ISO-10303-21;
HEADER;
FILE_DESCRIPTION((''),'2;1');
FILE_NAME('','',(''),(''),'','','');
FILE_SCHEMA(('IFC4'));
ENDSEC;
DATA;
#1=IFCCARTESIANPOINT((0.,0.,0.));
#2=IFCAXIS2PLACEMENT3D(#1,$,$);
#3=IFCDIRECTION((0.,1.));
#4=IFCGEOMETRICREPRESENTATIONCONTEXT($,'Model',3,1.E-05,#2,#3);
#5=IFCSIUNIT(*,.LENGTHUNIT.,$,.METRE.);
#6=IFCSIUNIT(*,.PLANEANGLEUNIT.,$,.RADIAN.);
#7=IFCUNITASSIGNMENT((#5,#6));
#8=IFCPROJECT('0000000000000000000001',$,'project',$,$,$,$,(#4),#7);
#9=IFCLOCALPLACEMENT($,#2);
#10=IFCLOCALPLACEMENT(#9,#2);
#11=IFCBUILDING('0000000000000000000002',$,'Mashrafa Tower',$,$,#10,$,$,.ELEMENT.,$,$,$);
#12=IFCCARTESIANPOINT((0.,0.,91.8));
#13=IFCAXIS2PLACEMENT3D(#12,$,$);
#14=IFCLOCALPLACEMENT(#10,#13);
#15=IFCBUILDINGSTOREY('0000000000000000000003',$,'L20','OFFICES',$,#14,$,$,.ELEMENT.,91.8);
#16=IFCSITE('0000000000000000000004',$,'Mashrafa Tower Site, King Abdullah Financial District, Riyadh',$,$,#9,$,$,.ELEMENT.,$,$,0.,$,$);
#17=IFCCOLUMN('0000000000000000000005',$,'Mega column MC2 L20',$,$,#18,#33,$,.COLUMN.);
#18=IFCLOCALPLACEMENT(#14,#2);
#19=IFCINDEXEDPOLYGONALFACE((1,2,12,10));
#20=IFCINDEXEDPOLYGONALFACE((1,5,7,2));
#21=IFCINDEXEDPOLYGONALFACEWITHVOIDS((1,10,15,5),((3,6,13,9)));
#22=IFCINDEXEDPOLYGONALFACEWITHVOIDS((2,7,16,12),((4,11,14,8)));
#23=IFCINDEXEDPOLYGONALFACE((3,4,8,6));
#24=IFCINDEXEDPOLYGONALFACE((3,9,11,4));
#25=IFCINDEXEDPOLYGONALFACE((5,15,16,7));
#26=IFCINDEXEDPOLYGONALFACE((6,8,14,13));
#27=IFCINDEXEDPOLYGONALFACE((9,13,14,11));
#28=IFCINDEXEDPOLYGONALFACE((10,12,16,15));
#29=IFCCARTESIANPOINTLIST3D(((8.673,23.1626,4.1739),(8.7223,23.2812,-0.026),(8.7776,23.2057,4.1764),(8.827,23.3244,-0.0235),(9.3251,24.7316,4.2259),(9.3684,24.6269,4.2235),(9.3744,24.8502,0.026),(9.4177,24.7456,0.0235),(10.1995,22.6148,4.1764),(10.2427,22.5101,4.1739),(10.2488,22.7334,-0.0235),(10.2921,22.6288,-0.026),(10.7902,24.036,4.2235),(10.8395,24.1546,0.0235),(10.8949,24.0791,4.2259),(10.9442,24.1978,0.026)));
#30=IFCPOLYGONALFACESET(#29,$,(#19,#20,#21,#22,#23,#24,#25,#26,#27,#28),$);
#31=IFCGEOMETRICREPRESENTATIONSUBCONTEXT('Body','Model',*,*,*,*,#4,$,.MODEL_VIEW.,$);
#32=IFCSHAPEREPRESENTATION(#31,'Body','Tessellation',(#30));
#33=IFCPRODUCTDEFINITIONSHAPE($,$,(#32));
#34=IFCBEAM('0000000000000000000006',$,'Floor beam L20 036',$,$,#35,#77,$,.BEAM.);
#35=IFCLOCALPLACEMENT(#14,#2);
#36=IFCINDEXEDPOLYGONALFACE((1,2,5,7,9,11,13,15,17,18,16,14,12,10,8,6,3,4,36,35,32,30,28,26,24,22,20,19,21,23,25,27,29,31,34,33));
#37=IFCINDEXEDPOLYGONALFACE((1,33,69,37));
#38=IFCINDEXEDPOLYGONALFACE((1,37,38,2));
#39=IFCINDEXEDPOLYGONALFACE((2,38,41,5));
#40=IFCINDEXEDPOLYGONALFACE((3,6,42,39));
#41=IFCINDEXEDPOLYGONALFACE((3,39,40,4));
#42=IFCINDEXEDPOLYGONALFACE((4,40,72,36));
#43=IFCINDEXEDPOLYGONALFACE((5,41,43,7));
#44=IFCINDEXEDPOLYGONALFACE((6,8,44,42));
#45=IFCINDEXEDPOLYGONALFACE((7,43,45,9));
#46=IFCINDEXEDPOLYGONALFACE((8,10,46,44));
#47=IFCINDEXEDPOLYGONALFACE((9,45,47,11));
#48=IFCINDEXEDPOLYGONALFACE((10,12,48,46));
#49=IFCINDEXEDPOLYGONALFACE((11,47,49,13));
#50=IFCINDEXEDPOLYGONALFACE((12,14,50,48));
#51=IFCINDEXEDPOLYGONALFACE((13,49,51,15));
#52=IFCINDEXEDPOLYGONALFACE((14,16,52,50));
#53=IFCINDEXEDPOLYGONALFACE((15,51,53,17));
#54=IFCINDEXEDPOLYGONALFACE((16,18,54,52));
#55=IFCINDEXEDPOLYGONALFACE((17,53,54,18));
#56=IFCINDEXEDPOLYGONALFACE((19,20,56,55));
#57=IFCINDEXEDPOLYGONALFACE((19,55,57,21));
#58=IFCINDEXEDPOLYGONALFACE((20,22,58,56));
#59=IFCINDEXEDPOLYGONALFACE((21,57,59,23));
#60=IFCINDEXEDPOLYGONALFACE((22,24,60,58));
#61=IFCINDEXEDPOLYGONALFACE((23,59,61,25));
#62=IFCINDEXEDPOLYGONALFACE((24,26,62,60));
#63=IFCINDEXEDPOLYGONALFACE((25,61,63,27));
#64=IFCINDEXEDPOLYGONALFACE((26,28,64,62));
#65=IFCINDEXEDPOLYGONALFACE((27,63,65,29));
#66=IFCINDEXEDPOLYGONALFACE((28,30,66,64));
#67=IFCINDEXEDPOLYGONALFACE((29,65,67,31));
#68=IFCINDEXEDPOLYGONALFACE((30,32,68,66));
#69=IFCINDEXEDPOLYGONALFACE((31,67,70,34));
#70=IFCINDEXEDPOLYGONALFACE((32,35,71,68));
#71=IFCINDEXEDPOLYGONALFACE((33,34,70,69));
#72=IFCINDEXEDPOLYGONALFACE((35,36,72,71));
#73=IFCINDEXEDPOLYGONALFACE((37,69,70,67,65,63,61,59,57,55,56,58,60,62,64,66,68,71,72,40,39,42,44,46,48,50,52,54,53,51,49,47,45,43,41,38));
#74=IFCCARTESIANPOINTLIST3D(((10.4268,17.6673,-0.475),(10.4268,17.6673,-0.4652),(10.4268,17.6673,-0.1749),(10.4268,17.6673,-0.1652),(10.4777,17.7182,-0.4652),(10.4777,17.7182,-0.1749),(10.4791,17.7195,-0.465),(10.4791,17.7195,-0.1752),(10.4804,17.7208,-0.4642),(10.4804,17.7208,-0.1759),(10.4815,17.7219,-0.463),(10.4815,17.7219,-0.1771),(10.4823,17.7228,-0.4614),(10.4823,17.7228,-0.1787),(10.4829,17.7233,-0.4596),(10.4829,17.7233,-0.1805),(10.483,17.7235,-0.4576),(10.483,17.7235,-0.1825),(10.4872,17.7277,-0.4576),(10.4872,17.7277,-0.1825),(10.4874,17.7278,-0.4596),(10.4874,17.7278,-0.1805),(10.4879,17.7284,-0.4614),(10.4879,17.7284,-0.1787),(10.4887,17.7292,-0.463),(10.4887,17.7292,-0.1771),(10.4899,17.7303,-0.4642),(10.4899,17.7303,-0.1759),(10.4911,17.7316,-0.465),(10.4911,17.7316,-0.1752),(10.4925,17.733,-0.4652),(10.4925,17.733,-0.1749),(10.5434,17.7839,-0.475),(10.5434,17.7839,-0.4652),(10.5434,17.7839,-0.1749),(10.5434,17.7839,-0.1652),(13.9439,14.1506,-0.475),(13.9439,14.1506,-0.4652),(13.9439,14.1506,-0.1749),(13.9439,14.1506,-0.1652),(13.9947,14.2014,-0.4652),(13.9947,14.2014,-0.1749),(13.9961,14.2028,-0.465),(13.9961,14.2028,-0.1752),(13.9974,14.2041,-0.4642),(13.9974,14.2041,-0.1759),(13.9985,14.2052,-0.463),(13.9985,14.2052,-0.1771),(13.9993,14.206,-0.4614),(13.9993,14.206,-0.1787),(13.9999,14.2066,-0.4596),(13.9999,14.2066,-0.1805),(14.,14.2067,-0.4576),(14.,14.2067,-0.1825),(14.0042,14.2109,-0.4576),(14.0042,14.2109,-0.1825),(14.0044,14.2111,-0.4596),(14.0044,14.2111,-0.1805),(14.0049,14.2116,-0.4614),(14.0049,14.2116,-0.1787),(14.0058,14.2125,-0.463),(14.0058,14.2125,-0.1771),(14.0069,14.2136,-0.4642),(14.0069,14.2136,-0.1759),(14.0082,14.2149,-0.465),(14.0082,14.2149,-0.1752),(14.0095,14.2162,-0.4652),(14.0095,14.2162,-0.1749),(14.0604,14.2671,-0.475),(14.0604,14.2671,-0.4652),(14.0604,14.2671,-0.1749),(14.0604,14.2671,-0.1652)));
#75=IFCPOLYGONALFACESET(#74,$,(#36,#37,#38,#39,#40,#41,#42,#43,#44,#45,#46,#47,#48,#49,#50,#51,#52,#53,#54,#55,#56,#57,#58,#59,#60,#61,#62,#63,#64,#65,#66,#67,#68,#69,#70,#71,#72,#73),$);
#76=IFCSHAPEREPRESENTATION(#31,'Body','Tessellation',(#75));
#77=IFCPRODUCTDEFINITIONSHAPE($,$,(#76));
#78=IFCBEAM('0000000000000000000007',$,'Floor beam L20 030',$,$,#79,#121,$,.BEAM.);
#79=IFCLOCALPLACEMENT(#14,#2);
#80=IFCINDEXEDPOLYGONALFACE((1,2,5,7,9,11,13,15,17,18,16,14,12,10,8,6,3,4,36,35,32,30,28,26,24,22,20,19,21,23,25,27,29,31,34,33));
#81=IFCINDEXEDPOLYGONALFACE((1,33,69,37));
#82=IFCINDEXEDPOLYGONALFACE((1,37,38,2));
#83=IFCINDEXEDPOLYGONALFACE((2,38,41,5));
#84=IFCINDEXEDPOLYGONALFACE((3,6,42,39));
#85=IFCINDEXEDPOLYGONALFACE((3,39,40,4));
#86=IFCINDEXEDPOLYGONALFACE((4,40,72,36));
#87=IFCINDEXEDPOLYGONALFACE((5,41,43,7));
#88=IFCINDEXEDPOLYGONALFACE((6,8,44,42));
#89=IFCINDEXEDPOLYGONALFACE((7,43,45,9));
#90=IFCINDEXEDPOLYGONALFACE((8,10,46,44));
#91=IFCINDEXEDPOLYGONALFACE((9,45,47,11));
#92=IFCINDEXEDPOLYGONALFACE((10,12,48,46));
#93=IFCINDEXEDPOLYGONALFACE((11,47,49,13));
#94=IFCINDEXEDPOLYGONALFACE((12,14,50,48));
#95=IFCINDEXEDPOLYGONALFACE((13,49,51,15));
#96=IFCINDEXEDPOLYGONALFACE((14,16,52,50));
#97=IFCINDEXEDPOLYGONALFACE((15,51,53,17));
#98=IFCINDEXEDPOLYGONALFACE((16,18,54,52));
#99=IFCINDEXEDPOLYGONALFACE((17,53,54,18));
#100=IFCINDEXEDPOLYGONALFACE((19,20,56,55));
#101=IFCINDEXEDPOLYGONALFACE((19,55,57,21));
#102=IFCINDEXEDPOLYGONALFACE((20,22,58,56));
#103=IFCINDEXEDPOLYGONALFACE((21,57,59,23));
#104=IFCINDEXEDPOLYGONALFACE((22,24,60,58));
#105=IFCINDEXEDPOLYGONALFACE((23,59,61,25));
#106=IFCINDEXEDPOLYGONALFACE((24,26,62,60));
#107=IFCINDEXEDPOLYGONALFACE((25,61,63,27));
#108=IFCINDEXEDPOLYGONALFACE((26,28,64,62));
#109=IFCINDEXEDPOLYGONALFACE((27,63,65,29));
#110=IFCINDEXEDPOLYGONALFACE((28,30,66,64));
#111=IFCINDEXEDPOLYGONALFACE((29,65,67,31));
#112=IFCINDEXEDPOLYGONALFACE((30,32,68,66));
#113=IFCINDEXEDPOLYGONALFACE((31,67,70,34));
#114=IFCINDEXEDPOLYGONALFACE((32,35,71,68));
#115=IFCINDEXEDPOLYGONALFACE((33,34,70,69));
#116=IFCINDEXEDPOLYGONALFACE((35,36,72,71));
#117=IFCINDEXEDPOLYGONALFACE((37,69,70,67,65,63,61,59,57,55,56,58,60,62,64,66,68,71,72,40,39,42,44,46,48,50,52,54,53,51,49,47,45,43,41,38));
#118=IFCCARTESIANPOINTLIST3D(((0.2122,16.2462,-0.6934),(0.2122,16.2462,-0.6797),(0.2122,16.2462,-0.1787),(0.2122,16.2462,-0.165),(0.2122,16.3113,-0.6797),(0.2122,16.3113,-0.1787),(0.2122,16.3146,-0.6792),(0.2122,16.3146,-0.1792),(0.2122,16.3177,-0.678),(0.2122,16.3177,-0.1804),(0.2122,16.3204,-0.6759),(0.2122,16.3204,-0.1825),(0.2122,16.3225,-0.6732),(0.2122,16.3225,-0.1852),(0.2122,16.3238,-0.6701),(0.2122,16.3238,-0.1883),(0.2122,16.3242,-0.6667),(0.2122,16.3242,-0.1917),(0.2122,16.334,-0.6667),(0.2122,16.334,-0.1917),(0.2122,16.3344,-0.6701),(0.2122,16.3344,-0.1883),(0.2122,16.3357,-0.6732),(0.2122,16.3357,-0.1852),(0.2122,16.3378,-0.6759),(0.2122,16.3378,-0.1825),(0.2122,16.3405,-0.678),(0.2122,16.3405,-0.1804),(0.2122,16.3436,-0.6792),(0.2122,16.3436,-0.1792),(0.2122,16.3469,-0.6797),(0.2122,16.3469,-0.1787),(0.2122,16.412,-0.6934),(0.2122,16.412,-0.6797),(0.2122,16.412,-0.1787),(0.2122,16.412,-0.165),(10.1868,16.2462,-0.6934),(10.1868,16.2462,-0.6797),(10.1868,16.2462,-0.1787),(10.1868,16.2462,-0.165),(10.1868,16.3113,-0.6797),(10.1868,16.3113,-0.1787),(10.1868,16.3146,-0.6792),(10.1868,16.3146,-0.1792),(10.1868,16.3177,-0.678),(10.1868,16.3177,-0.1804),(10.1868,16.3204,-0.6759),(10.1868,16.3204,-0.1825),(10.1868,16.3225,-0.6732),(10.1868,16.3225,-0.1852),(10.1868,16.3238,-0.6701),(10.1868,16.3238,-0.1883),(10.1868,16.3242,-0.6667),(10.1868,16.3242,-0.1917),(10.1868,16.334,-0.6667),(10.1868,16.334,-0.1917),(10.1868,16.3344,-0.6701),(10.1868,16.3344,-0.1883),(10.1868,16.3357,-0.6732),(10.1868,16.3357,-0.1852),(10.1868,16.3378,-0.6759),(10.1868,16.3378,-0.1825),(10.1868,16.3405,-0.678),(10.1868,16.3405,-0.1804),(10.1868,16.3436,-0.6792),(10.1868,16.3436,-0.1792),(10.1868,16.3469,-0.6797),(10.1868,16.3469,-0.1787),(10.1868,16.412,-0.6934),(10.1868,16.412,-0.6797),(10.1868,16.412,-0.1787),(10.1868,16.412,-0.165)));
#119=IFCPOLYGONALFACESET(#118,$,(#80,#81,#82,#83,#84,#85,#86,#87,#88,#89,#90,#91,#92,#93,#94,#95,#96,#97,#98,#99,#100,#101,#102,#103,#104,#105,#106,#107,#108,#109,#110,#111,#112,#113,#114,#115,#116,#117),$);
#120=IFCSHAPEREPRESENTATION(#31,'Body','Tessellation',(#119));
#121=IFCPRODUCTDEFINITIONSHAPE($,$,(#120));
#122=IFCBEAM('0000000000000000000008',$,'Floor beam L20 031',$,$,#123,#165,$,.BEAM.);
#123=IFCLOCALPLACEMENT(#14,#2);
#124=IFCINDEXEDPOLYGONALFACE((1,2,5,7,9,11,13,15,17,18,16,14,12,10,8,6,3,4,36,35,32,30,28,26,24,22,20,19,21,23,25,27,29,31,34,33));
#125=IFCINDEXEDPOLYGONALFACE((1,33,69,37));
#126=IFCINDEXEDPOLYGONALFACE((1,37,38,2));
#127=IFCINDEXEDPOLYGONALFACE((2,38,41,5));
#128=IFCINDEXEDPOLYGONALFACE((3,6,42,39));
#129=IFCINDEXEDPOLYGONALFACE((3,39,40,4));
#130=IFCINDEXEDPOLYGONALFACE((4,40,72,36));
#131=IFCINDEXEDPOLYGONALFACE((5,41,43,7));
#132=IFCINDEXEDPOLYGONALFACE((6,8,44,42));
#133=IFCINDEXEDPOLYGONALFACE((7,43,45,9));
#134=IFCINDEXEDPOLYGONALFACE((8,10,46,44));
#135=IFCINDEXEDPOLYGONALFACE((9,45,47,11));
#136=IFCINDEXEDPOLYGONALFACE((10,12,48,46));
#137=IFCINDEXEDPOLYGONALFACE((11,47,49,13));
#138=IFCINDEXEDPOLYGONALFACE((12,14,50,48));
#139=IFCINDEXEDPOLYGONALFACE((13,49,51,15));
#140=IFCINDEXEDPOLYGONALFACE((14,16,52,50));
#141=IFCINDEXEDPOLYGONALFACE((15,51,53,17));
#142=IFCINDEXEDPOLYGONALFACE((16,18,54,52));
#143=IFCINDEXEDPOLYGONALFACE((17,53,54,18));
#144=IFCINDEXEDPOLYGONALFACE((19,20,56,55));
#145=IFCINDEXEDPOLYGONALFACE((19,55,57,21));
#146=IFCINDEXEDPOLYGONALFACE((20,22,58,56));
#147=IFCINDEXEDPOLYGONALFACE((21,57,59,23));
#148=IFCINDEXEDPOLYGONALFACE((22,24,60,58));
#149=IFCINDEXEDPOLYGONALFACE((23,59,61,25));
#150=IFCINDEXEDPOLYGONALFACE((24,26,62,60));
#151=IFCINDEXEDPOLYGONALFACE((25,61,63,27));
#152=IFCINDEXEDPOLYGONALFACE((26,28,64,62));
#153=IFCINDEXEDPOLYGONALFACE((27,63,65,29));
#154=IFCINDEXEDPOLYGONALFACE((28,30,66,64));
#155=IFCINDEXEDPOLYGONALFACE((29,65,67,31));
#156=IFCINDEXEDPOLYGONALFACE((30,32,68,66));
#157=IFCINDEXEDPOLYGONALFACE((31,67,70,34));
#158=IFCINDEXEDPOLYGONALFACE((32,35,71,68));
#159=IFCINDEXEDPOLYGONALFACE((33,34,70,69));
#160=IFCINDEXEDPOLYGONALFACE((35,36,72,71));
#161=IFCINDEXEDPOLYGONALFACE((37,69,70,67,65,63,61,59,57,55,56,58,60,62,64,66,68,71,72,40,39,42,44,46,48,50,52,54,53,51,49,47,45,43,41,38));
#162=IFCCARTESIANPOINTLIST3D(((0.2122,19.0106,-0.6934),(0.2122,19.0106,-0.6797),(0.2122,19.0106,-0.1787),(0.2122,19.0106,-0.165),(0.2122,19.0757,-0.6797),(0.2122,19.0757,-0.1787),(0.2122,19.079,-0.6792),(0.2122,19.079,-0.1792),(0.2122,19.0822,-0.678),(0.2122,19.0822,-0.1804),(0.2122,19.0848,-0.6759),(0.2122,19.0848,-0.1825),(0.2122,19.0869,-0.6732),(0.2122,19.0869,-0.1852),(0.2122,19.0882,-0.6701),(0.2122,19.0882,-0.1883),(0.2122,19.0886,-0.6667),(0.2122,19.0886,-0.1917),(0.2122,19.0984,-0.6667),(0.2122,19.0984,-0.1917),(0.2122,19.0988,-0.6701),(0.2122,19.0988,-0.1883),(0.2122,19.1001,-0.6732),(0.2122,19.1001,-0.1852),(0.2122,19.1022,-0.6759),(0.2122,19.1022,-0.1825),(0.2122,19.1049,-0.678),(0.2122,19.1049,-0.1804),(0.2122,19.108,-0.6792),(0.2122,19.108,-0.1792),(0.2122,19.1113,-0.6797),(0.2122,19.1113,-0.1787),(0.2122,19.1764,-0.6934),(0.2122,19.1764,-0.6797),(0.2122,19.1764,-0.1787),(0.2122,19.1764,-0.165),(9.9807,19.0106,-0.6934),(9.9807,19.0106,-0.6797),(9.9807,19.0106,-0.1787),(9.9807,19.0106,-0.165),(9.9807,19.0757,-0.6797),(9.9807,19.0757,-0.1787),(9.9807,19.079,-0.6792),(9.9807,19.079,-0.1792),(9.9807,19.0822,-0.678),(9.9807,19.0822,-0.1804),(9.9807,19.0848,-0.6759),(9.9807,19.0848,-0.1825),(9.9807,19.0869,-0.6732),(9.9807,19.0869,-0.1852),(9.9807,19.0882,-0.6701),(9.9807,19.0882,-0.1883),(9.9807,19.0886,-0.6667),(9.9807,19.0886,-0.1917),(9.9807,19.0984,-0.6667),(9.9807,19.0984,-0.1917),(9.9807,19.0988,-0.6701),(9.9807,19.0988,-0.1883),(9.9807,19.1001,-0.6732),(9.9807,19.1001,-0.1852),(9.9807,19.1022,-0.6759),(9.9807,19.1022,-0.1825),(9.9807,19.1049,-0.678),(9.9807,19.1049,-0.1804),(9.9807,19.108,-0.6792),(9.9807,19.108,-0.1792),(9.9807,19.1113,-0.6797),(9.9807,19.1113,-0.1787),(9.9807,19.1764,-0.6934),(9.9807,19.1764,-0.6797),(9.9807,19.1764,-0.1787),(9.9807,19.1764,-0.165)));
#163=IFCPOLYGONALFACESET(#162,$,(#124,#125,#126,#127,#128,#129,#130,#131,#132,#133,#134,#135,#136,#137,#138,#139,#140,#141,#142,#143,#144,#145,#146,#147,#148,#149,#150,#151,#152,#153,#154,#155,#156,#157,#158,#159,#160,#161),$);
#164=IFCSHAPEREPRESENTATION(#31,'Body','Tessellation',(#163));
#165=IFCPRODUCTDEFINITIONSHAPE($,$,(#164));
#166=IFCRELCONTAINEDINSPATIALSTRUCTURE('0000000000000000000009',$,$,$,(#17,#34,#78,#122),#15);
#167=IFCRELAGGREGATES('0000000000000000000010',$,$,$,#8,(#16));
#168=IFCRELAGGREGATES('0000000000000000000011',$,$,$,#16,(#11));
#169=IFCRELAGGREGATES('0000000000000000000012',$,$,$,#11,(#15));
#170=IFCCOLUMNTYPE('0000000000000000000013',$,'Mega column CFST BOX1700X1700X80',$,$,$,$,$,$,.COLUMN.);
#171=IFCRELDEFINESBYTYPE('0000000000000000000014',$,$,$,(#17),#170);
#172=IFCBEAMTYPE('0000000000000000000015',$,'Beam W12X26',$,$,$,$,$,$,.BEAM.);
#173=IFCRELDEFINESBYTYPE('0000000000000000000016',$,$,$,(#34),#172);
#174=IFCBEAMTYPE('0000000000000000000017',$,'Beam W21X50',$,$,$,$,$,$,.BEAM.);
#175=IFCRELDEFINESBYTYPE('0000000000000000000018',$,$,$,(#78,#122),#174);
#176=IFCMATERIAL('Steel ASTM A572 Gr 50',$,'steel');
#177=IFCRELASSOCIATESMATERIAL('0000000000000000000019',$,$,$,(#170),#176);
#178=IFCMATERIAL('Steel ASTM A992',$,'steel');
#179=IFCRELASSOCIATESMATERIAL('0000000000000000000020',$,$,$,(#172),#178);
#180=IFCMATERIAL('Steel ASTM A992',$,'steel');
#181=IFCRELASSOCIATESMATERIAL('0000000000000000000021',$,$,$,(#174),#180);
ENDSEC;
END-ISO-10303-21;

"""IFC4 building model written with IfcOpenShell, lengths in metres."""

from ifc_helpers import new_model, si_unit, direction, frame, origin, origin_2d, place, context, subcontext, project, spatial, hollow_rectangle, i_section, extrude, material, material_profile, profile_set, type_object, element, save


model = new_model("IFC4")

# Units and contexts
model_context = context("Model", 3, precision=1e-05, world=origin(), true_north=direction((0.0, 1.0)))
body_context = subcontext(model_context, "Body", "Model", "MODEL_VIEW")
ifc_project = project(units=[si_unit("LENGTHUNIT", "METRE"), si_unit("PLANEANGLEUNIT", "RADIAN")], contexts=[model_context])

# Site, building, storey
site_placement = place(None, origin())
site = spatial("IfcSite", under=ifc_project, at=site_placement, Name="Mashrafa Tower Site, King Abdullah Financial District, Riyadh", CompositionType="ELEMENT", RefElevation=0.0)
building_placement = place(site_placement, origin())
building = spatial("IfcBuilding", under=site, at=building_placement, Name="Mashrafa Tower", CompositionType="ELEMENT")
storey_placement = place(building_placement, frame((0.0, 0.0, 91.8)))
storey = spatial("IfcBuildingStorey", under=building, at=storey_placement, Name="L20", Description="OFFICES", CompositionType="ELEMENT", Elevation=91.8)

# Column
ifc_material_1 = material(Name="Steel ASTM A572 Gr 50", Category="steel")
ifc_material_profile_1 = material_profile(ifc_material_1, hollow_rectangle(XDim=1.7, YDim=1.7, WallThickness=0.0801, at=origin_2d()), Name="BOX1700X1700X80")
ifc_profile_set_1 = profile_set([ifc_material_profile_1], Name="Steel ASTM A572 Gr 50")
column_type = type_object("IfcColumnType", Name="Mega column CFST BOX1700X1700X80", PredefinedType="COLUMN", material=ifc_profile_set_1)
column_placement = place(storey_placement, frame((9.8333, 23.7395, 0.0), z_axis=(-0.011737, -0.028238, 0.999532), x_axis=(0.923414, -0.383806, 0.0)))
element("IfcColumn", 1, at=column_placement, inside=storey, type_object=column_type, Name="Mega column MC2 L20", PredefinedType="COLUMN", context=body_context, shape_type="SweptSolid", body=[
    extrude(hollow_rectangle(XDim=1.7, YDim=1.7, WallThickness=0.0801, at=origin_2d()), origin(), (0.0, 0.0, 1.0), 4.2019),
])

# Beams
ifc_material_2 = material(Name="Steel ASTM A992", Category="steel")
ifc_material_profile_2 = material_profile(ifc_material_2, i_section(OverallWidth=0.1648, OverallDepth=0.3098, WebThickness=0.0059, FlangeThickness=0.0098, FilletRadius=0.0076, at=origin_2d()), Name="W12X26")
ifc_profile_set_2 = profile_set([ifc_material_profile_2], Name="Steel ASTM A992")
beam_type_1 = type_object("IfcBeamType", Name="Beam W12X26", PredefinedType="BEAM", material=ifc_profile_set_2)
beam_1_placement = place(storey_placement, frame((10.4851, 17.7256, -0.3201), z_axis=(0.707131, -0.707082, 0.0), x_axis=(0.707082, 0.707131, 0.0)))
element("IfcBeam", 2, at=beam_1_placement, inside=storey, type_object=beam_type_1, Name="Floor beam L20 036", PredefinedType="BEAM", context=body_context, shape_type="SweptSolid", body=[
    extrude(i_section(OverallWidth=0.1648, OverallDepth=0.3098, WebThickness=0.0059, FlangeThickness=0.0098, FilletRadius=0.0076, at=origin_2d()), origin(), (0.0, 0.0, 1.0), 4.9736),
])
ifc_material_3 = material(Name="Steel ASTM A992", Category="steel")
ifc_material_profile_3 = material_profile(ifc_material_3, i_section(OverallWidth=0.1658, OverallDepth=0.5283, WebThickness=0.0098, FlangeThickness=0.0137, FilletRadius=0.0129, at=origin_2d()), Name="W21X50")
ifc_profile_set_3 = profile_set([ifc_material_profile_3], Name="Steel ASTM A992")
beam_type_2 = type_object("IfcBeamType", Name="Beam W21X50", PredefinedType="BEAM", material=ifc_profile_set_3)
beam_2_placement = place(storey_placement, frame((0.2122, 16.3291, -0.4292), z_axis=(1.0, 0.0, 0.0), x_axis=(0.0, 1.0, 0.0)))
element("IfcBeam", 3, at=beam_2_placement, inside=storey, type_object=beam_type_2, Name="Floor beam L20 030", PredefinedType="BEAM", context=body_context, shape_type="SweptSolid", body=[
    extrude(i_section(OverallWidth=0.1658, OverallDepth=0.5283, WebThickness=0.0098, FlangeThickness=0.0137, FilletRadius=0.0129, at=origin_2d()), origin(), (0.0, 0.0, 1.0), 9.9746),
])
beam_3_placement = place(storey_placement, frame((0.2122, 19.0935, -0.4292), z_axis=(1.0, 0.0, 0.0), x_axis=(0.0, 1.0, 0.0)))
element("IfcBeam", 4, at=beam_3_placement, inside=storey, type_object=beam_type_2, Name="Floor beam L20 031", PredefinedType="BEAM", context=body_context, shape_type="SweptSolid", body=[
    extrude(i_section(OverallWidth=0.1658, OverallDepth=0.5283, WebThickness=0.0098, FlangeThickness=0.0137, FilletRadius=0.0129, at=origin_2d()), origin(), (0.0, 0.0, 1.0), 9.7686),
])

save(model, "model.ifc")
